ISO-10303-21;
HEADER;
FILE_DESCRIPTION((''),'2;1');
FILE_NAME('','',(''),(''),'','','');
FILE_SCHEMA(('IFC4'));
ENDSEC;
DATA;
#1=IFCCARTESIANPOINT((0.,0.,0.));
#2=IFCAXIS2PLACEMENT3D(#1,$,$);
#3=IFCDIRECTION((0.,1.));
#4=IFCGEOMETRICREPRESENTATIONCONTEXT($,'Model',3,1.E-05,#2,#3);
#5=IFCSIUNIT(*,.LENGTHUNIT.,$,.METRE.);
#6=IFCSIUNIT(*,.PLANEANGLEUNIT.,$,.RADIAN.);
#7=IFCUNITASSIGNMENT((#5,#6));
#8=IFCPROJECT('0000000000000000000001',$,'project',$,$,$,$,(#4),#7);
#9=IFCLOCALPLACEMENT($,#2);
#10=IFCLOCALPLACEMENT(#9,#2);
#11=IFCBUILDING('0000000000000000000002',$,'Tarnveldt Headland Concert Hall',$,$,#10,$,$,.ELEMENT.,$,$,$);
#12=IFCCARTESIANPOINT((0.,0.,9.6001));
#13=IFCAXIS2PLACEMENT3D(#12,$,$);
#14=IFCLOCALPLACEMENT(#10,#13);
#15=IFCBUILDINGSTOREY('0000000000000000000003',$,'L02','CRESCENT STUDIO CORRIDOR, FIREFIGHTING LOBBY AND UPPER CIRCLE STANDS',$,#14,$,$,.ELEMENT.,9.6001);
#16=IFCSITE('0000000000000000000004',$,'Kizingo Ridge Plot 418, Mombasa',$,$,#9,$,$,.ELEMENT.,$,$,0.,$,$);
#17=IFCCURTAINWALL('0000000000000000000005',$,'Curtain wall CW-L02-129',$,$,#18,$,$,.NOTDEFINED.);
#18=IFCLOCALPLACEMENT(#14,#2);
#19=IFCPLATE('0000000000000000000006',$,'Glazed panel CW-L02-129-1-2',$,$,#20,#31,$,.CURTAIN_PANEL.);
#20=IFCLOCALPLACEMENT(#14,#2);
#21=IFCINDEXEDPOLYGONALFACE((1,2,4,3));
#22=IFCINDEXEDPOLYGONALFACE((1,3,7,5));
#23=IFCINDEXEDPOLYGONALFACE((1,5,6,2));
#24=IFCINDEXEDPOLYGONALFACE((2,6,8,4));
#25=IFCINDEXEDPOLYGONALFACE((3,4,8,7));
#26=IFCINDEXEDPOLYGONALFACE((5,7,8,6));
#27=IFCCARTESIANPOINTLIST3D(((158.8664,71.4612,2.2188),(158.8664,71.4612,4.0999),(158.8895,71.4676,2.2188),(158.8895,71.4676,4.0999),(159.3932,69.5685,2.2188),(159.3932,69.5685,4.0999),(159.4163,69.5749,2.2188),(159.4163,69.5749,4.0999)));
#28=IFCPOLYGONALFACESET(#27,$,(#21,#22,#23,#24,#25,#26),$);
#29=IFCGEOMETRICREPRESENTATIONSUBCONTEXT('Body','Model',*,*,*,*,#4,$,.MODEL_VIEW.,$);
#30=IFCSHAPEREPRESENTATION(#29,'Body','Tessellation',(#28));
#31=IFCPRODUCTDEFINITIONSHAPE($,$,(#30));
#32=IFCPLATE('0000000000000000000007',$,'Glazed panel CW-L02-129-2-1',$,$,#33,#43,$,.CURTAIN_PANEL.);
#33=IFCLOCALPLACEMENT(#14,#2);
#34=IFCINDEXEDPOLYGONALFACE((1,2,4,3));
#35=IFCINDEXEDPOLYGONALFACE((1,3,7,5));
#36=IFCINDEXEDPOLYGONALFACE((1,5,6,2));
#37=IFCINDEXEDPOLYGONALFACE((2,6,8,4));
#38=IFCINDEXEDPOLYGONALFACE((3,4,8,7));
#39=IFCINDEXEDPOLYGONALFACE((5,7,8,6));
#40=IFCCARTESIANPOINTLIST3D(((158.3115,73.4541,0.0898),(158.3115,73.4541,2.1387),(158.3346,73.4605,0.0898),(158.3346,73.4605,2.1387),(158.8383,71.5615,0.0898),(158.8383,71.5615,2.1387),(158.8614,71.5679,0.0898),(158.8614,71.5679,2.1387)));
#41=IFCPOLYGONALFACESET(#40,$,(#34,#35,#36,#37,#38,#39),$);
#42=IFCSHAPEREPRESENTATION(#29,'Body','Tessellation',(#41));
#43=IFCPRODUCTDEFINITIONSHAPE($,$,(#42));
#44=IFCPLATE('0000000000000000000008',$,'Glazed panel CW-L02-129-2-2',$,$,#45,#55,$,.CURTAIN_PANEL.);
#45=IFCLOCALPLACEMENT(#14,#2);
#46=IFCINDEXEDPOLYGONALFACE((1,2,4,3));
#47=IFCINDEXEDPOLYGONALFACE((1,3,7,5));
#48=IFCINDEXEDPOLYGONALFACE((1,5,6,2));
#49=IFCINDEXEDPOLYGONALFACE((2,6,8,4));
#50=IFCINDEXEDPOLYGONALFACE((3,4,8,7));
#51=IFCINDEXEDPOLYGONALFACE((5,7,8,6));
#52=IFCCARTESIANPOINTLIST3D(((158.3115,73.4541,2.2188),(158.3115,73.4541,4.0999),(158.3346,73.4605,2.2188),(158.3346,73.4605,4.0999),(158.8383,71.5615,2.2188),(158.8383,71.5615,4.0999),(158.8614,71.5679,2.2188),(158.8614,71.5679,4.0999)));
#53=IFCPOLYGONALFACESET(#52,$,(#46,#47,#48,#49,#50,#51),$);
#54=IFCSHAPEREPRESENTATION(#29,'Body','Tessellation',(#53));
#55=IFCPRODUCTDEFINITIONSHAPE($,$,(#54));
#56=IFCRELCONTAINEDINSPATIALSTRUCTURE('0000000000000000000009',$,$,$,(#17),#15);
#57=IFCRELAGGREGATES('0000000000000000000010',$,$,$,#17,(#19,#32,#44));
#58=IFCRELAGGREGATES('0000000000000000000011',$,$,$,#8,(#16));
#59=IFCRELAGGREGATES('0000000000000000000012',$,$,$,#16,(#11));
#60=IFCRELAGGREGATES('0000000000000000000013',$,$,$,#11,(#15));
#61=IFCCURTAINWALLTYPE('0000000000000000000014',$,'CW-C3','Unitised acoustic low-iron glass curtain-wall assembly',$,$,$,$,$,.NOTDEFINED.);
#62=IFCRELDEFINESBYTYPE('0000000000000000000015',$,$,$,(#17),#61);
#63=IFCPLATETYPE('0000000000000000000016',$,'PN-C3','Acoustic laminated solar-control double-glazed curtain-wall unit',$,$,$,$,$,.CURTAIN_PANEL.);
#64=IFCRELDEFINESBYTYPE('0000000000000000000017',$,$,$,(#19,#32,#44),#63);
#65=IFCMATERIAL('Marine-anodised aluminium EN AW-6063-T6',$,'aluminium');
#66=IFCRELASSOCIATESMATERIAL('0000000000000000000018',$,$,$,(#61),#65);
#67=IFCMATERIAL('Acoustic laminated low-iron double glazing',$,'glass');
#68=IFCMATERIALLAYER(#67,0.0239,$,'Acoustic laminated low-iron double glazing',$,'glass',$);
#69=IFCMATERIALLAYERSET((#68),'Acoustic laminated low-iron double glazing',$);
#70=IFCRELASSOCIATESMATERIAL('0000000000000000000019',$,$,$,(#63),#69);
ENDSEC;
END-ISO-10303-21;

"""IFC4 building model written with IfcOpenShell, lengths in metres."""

from ifc_helpers import new_model, si_unit, direction, frame, origin, origin_2d, place, context, subcontext, project, spatial, rectangle, extrude, material, layer, layer_set, type_object, element, aggregate, save


model = new_model("IFC4")

# Units and contexts
model_context = context("Model", 3, precision=1e-05, world=origin(), true_north=direction((0.0, 1.0)))
body_context = subcontext(model_context, "Body", "Model", "MODEL_VIEW")
ifc_project = project(units=[si_unit("LENGTHUNIT", "METRE"), si_unit("PLANEANGLEUNIT", "RADIAN")], contexts=[model_context])

# Site, building, storey
site_placement = place(None, origin())
site = spatial("IfcSite", under=ifc_project, at=site_placement, Name="Kizingo Ridge Plot 418, Mombasa", CompositionType="ELEMENT", RefElevation=0.0)
building_placement = place(site_placement, origin())
building = spatial("IfcBuilding", under=site, at=building_placement, Name="Tarnveldt Headland Concert Hall", CompositionType="ELEMENT")
storey_placement = place(building_placement, frame((0.0, 0.0, 9.6001)))
storey = spatial("IfcBuildingStorey", under=building, at=storey_placement, Name="L02", Description="CRESCENT STUDIO CORRIDOR, FIREFIGHTING LOBBY AND UPPER CIRCLE STANDS", CompositionType="ELEMENT", Elevation=9.6001)

# Curtain wall
ifc_material_1 = material(Name="Marine-anodised aluminium EN AW-6063-T6", Category="aluminium")
curtain_wall_type = type_object("IfcCurtainWallType", Name="CW-C3", Description="Unitised acoustic low-iron glass curtain-wall assembly", PredefinedType="NOTDEFINED", material=ifc_material_1)
curtain_wall_1_placement = place(storey_placement, origin())
curtain_wall_1 = element("IfcCurtainWall", 1, at=curtain_wall_1_placement, inside=storey, type_object=curtain_wall_type, Name="Curtain wall CW-L02-129", PredefinedType="NOTDEFINED")

# Plates
ifc_material_2 = material(Name="Acoustic laminated low-iron double glazing", Category="glass")
ifc_layer = layer(ifc_material_2, 0.0239, Name="Acoustic laminated low-iron double glazing", Category="glass")
ifc_layer_set = layer_set([ifc_layer], Name="Acoustic laminated low-iron double glazing")
plate_type = type_object("IfcPlateType", Name="PN-C3", Description="Acoustic laminated solar-control double-glazed curtain-wall unit", PredefinedType="CURTAIN_PANEL", material=ifc_layer_set)
plate_1_placement = place(storey_placement, frame((159.1414, 70.5181, 2.2188), z_axis=(0.0, 0.0, 1.0), x_axis=(-0.268146, 0.963378, 0.0)))
plate_1 = element("IfcPlate", 2, at=plate_1_placement, type_object=plate_type, Name="Glazed panel CW-L02-129-1-2", PredefinedType="CURTAIN_PANEL", context=body_context, shape_type="SweptSolid", body=[
    extrude(rectangle(XDim=1.9646, YDim=0.0239, at=origin_2d()), origin(), (0.0, 0.0, 1.0), 1.8811),
])
plate_2_placement = place(storey_placement, frame((158.5864, 72.511, 0.0898), z_axis=(0.0, 0.0, 1.0), x_axis=(-0.268146, 0.963378, 0.0)))
plate_2 = element("IfcPlate", 3, at=plate_2_placement, type_object=plate_type, Name="Glazed panel CW-L02-129-2-1", PredefinedType="CURTAIN_PANEL", context=body_context, shape_type="SweptSolid", body=[
    extrude(rectangle(XDim=1.9646, YDim=0.0239, at=origin_2d()), origin(), (0.0, 0.0, 1.0), 2.0488),
])
plate_3_placement = place(storey_placement, frame((158.5864, 72.511, 2.2188), z_axis=(0.0, 0.0, 1.0), x_axis=(-0.268146, 0.963378, 0.0)))
plate_3 = element("IfcPlate", 4, at=plate_3_placement, type_object=plate_type, Name="Glazed panel CW-L02-129-2-2", PredefinedType="CURTAIN_PANEL", context=body_context, shape_type="SweptSolid", body=[
    extrude(rectangle(XDim=1.9646, YDim=0.0239, at=origin_2d()), origin(), (0.0, 0.0, 1.0), 1.8811),
])
aggregate(curtain_wall_1, [plate_1, plate_2, plate_3])

save(model, "model.ifc")
